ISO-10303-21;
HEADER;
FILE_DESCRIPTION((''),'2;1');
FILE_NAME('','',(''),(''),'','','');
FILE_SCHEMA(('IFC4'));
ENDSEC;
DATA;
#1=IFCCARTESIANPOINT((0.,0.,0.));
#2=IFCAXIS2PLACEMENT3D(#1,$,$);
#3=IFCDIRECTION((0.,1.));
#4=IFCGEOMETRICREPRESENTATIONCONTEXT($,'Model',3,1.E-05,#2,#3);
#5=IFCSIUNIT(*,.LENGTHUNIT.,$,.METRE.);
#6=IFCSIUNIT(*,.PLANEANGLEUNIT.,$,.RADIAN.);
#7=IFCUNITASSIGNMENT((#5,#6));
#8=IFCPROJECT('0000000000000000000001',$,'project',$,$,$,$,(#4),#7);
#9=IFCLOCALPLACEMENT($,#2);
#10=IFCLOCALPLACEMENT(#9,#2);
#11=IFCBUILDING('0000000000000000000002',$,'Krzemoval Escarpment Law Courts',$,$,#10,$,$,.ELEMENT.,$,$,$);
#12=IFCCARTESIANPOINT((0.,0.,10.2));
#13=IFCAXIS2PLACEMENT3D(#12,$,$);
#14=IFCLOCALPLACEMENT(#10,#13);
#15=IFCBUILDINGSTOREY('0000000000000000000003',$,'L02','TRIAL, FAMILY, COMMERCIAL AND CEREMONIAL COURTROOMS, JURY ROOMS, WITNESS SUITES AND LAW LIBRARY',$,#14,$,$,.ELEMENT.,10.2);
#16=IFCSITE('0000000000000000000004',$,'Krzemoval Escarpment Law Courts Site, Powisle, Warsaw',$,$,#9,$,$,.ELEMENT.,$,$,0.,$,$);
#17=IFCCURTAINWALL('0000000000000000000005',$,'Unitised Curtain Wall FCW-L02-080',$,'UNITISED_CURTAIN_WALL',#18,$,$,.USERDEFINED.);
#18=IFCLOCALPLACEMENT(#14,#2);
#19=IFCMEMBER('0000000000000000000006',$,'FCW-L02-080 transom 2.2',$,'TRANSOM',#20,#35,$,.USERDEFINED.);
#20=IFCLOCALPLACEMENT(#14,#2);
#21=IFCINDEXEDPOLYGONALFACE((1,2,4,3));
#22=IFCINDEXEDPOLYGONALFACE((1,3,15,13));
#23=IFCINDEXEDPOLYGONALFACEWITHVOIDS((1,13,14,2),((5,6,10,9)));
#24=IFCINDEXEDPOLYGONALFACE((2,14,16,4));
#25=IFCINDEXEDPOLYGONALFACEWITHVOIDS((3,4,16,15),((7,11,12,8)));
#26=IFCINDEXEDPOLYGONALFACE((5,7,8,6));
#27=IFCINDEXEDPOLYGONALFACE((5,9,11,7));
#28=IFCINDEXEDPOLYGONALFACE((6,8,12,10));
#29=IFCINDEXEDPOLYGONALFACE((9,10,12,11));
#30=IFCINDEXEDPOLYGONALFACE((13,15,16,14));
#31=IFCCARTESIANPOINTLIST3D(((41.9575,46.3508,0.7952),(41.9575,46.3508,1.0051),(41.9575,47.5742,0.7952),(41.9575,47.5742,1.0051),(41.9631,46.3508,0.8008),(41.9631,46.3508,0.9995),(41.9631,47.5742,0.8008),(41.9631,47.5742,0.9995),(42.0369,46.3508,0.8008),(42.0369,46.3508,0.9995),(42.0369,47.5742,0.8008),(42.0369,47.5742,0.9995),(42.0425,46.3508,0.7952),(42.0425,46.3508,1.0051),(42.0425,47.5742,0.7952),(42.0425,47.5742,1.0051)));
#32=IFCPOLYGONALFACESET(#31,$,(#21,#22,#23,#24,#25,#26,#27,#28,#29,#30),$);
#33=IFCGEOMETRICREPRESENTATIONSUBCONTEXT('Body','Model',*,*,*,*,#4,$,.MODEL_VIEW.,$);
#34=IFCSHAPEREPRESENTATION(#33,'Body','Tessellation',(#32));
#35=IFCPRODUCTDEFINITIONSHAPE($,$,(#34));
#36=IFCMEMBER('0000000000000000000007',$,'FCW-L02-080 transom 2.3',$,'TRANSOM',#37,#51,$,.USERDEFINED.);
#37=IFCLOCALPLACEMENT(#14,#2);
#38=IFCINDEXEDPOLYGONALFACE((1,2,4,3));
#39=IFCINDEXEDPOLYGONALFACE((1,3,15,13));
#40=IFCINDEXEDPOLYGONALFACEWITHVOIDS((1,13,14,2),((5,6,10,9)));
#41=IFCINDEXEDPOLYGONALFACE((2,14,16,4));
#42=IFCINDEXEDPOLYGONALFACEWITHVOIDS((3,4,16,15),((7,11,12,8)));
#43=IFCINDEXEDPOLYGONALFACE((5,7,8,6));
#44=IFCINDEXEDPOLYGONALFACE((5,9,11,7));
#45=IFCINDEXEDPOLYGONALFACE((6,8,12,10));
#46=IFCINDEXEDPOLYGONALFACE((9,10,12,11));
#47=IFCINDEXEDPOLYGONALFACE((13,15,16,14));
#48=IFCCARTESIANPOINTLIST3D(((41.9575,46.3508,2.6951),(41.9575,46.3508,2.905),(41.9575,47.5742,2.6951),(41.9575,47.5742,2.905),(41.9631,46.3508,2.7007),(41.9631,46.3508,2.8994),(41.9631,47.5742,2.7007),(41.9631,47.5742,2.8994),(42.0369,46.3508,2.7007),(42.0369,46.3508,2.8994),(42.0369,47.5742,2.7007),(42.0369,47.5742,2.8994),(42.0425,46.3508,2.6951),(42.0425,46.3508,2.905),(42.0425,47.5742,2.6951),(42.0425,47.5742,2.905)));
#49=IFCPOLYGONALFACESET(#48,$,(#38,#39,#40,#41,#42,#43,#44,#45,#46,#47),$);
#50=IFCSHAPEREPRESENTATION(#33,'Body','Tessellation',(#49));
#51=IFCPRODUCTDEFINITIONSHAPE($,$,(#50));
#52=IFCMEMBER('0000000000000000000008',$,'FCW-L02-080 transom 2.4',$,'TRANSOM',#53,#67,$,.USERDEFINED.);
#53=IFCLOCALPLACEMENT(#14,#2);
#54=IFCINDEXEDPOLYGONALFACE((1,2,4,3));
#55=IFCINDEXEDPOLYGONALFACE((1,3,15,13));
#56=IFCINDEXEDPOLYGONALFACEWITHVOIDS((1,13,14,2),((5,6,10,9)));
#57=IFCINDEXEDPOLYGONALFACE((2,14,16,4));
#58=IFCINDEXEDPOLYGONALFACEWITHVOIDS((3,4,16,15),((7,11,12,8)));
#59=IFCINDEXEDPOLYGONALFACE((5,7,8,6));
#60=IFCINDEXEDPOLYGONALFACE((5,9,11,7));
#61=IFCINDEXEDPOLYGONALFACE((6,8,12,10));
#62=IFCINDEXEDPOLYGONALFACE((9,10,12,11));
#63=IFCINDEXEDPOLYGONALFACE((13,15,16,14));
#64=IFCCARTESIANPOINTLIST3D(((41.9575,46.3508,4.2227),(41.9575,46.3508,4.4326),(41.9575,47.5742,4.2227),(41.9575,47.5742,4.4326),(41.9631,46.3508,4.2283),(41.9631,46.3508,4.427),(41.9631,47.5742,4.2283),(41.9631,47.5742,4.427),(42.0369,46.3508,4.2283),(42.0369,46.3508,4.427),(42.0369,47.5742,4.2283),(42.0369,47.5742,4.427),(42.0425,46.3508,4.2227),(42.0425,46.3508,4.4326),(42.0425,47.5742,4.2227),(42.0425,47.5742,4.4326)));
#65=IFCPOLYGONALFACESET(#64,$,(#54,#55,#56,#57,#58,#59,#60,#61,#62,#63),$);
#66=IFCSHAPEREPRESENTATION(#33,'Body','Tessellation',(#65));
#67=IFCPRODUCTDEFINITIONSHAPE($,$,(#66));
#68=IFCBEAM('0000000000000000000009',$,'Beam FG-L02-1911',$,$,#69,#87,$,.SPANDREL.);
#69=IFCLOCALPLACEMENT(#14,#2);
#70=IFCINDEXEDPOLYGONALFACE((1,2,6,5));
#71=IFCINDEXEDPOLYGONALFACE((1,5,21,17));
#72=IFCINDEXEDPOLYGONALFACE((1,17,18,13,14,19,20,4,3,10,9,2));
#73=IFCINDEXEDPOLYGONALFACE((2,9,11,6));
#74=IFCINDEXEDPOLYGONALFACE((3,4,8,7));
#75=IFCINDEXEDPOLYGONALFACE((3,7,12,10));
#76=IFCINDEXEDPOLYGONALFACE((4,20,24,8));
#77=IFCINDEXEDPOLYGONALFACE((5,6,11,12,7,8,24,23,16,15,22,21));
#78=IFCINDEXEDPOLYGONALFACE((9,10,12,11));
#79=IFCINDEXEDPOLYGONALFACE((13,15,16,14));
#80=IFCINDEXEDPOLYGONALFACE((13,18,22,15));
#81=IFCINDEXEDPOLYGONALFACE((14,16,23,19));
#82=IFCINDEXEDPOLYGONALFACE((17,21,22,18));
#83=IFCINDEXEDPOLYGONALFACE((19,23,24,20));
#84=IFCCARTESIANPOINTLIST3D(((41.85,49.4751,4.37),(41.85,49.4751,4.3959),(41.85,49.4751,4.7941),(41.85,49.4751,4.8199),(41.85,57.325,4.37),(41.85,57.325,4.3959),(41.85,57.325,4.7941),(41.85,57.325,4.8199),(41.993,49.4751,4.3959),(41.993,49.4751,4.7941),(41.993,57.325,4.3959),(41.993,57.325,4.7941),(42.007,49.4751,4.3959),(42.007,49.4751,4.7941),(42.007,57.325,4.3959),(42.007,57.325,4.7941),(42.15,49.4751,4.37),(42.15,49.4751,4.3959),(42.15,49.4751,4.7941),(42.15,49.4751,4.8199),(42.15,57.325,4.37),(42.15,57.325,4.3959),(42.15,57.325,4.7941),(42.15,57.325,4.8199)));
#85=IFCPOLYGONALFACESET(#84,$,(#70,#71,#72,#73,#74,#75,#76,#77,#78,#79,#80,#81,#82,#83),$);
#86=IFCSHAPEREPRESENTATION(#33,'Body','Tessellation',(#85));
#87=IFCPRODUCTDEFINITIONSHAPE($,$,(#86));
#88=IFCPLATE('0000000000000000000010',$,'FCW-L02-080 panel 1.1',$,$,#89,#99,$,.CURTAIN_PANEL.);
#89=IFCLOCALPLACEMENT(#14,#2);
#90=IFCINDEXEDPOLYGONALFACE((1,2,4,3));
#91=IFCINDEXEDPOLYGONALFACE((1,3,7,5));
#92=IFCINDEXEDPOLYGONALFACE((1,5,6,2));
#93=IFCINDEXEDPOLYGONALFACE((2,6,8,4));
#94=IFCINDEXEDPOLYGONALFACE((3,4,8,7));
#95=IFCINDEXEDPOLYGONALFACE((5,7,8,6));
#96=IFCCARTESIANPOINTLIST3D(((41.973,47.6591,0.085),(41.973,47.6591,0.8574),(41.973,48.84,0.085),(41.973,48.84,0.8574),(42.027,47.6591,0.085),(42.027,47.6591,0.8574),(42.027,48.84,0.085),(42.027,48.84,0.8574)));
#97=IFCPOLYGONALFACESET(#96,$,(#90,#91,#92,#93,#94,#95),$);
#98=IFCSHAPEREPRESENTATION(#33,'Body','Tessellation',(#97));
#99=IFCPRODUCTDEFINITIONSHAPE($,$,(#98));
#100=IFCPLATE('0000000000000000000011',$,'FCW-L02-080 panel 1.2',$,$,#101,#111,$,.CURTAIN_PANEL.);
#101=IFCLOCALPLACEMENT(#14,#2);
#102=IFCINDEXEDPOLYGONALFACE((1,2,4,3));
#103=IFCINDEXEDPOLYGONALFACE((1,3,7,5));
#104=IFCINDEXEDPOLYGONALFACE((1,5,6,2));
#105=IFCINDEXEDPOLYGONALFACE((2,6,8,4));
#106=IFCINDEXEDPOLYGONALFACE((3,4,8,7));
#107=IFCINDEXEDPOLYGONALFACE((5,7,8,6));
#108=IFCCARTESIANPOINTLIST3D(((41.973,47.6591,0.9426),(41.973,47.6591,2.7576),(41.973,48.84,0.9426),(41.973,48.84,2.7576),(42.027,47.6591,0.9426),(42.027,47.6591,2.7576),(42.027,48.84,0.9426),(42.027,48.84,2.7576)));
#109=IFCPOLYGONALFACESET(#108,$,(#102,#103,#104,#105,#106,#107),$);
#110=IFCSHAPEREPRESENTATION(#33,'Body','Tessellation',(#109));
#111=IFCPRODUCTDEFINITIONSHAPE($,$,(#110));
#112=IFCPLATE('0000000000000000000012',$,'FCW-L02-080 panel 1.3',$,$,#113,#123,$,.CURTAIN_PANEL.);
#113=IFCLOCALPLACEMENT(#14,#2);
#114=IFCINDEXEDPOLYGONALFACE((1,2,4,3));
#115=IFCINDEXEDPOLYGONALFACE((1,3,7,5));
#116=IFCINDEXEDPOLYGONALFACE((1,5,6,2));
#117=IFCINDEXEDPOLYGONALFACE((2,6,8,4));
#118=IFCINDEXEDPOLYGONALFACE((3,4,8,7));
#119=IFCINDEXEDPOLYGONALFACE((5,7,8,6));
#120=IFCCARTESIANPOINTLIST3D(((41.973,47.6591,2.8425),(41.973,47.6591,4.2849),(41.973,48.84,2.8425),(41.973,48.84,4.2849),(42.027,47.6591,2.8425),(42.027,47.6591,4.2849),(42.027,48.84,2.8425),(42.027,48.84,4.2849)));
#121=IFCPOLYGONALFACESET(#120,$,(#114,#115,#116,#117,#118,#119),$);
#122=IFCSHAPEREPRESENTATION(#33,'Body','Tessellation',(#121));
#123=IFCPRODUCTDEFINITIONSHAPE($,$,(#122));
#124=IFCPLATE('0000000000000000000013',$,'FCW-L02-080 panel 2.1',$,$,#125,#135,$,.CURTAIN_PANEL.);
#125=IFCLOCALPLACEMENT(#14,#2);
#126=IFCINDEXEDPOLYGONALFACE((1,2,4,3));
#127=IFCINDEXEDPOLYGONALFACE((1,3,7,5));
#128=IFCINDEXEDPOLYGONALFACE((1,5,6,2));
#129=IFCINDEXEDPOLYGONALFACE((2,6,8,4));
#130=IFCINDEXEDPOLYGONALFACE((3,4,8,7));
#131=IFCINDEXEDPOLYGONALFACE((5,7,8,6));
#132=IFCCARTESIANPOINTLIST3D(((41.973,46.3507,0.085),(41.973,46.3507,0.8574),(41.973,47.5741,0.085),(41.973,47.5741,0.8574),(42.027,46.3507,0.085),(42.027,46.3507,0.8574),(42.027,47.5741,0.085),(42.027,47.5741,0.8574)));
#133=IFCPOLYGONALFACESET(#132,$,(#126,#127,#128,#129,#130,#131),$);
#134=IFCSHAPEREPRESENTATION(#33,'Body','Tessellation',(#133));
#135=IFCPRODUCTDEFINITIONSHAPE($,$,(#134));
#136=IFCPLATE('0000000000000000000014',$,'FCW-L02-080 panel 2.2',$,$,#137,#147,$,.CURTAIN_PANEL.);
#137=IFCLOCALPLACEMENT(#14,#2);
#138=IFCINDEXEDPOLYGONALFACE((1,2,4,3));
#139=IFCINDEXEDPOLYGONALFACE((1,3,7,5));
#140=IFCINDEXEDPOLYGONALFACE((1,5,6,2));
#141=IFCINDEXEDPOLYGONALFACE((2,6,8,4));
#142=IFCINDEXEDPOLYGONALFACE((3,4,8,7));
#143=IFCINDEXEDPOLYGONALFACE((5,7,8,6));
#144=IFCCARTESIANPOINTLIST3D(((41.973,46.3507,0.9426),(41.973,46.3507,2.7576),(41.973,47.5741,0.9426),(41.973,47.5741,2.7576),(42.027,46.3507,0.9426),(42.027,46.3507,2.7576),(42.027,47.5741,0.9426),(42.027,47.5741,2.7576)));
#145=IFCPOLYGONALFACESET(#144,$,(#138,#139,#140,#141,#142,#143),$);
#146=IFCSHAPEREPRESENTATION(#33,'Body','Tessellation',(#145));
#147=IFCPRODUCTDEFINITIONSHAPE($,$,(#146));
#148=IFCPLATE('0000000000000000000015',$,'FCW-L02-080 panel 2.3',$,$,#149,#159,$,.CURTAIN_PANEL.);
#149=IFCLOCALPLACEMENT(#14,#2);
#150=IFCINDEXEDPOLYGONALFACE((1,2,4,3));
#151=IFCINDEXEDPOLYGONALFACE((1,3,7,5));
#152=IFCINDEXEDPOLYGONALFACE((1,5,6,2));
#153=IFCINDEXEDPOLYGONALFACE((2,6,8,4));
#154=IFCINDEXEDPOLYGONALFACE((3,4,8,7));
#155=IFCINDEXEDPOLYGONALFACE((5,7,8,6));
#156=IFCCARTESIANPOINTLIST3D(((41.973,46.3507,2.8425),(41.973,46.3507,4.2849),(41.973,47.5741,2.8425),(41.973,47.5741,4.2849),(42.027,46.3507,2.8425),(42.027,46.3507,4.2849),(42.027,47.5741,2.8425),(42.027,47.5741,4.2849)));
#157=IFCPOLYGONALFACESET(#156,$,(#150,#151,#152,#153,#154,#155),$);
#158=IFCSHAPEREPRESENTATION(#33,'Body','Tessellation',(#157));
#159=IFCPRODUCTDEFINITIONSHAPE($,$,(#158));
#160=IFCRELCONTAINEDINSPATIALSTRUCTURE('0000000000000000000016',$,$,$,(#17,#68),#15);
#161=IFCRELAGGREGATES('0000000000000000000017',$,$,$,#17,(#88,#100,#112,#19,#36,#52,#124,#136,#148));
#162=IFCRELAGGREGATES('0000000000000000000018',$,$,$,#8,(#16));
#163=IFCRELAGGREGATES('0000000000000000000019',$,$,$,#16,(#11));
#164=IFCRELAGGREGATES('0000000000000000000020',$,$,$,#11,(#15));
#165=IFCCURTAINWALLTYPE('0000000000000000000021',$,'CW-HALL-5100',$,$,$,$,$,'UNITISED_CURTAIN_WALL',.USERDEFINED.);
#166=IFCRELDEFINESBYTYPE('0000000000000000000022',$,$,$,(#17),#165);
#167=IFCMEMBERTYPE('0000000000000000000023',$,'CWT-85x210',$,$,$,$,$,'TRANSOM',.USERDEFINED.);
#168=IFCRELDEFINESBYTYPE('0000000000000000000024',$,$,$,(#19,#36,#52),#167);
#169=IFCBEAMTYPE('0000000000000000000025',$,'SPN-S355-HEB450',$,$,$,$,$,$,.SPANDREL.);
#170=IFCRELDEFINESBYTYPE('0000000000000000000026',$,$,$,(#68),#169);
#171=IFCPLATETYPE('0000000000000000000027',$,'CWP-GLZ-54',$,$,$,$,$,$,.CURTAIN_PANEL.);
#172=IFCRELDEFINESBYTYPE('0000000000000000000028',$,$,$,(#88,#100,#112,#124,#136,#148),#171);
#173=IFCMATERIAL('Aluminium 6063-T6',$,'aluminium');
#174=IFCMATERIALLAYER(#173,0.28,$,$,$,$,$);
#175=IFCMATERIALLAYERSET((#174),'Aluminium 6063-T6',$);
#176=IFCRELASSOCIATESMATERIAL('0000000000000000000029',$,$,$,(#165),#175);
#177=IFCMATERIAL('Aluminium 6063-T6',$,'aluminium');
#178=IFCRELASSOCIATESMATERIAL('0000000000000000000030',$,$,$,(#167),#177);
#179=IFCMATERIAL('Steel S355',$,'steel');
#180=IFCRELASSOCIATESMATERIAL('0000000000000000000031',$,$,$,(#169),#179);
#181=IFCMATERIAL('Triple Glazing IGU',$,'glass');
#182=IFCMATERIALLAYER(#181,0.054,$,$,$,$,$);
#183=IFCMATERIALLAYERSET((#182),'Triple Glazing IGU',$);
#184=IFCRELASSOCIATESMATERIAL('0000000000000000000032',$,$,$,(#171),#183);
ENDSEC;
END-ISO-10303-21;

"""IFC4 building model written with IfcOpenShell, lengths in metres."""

from ifc_helpers import new_model, si_unit, direction, frame, origin, origin_2d, place, context, subcontext, project, spatial, rectangle, hollow_rectangle, i_section, extrude, material, layer, layer_set, material_profile, profile_set, type_object, element, aggregate, save


model = new_model("IFC4")

# Units and contexts
model_context = context("Model", 3, precision=1e-05, world=origin(), true_north=direction((0.0, 1.0)))
body_context = subcontext(model_context, "Body", "Model", "MODEL_VIEW")
ifc_project = project(units=[si_unit("LENGTHUNIT", "METRE"), si_unit("PLANEANGLEUNIT", "RADIAN")], contexts=[model_context])

# Site, building, storey
site_placement = place(None, origin())
site = spatial("IfcSite", under=ifc_project, at=site_placement, Name="Krzemoval Escarpment Law Courts Site, Powisle, Warsaw", CompositionType="ELEMENT", RefElevation=0.0)
building_placement = place(site_placement, origin())
building = spatial("IfcBuilding", under=site, at=building_placement, Name="Krzemoval Escarpment Law Courts", CompositionType="ELEMENT")
storey_placement = place(building_placement, frame((0.0, 0.0, 10.2)))
storey = spatial("IfcBuildingStorey", under=building, at=storey_placement, Name="L02", Description="TRIAL, FAMILY, COMMERCIAL AND CEREMONIAL COURTROOMS, JURY ROOMS, WITNESS SUITES AND LAW LIBRARY", CompositionType="ELEMENT", Elevation=10.2)

# Curtain wall, members
ifc_material_1 = material(Name="Aluminium 6063-T6", Category="aluminium")
ifc_layer_1 = layer(ifc_material_1, 0.28)
ifc_layer_set_1 = layer_set([ifc_layer_1], Name="Aluminium 6063-T6")
curtain_wall_type = type_object("IfcCurtainWallType", Name="CW-HALL-5100", ElementType="UNITISED_CURTAIN_WALL", PredefinedType="USERDEFINED", material=ifc_layer_set_1)
curtain_wall_placement = place(storey_placement, origin())
curtain_wall = element("IfcCurtainWall", 1, at=curtain_wall_placement, inside=storey, type_object=curtain_wall_type, Name="Unitised Curtain Wall FCW-L02-080", ObjectType="UNITISED_CURTAIN_WALL", PredefinedType="USERDEFINED")
ifc_material_2 = material(Name="Aluminium 6063-T6", Category="aluminium")
ifc_material_profile_1 = material_profile(ifc_material_2, hollow_rectangle(XDim=0.085, YDim=0.21, WallThickness=0.0056, at=origin_2d()), Name="ALU T85x210")
ifc_profile_set_1 = profile_set([ifc_material_profile_1], Name="Aluminium 6063-T6")
member_type_1 = type_object("IfcMemberType", Name="CWT-85x210", ElementType="TRANSOM", PredefinedType="USERDEFINED", material=ifc_profile_set_1)
member_1_placement = place(storey_placement, frame((42.0, 47.5742, 0.9001), z_axis=(0.0, -1.0, 0.0), x_axis=(1.0, 0.0, 0.0)))
member_1 = element("IfcMember", 2, at=member_1_placement, type_object=member_type_1, Name="FCW-L02-080 transom 2.2", ObjectType="TRANSOM", PredefinedType="USERDEFINED", context=body_context, shape_type="SweptSolid", body=[
    extrude(hollow_rectangle(XDim=0.085, YDim=0.21, WallThickness=0.0056, at=origin_2d()), origin(), (0.0, 0.0, 1.0), 1.2234),
])
member_2_placement = place(storey_placement, frame((42.0, 47.5742, 2.8), z_axis=(0.0, -1.0, 0.0), x_axis=(1.0, 0.0, 0.0)))
member_2 = element("IfcMember", 3, at=member_2_placement, type_object=member_type_1, Name="FCW-L02-080 transom 2.3", ObjectType="TRANSOM", PredefinedType="USERDEFINED", context=body_context, shape_type="SweptSolid", body=[
    extrude(hollow_rectangle(XDim=0.085, YDim=0.21, WallThickness=0.0056, at=origin_2d()), origin(), (0.0, 0.0, 1.0), 1.2234),
])
member_3_placement = place(storey_placement, frame((42.0, 47.5742, 4.3276), z_axis=(0.0, -1.0, 0.0), x_axis=(1.0, 0.0, 0.0)))
member_3 = element("IfcMember", 4, at=member_3_placement, type_object=member_type_1, Name="FCW-L02-080 transom 2.4", ObjectType="TRANSOM", PredefinedType="USERDEFINED", context=body_context, shape_type="SweptSolid", body=[
    extrude(hollow_rectangle(XDim=0.085, YDim=0.21, WallThickness=0.0056, at=origin_2d()), origin(), (0.0, 0.0, 1.0), 1.2234),
])

# Beam
ifc_material_3 = material(Name="Steel S355", Category="steel")
ifc_material_profile_2 = material_profile(ifc_material_3, i_section(OverallWidth=0.3, OverallDepth=0.45, WebThickness=0.0139, FlangeThickness=0.0259, at=origin_2d()), Name="HEB 450")
ifc_profile_set_2 = profile_set([ifc_material_profile_2], Name="Steel S355")
beam_type_1 = type_object("IfcBeamType", Name="SPN-S355-HEB450", PredefinedType="SPANDREL", material=ifc_profile_set_2)
beam_1_placement = place(storey_placement, frame((42.0, 49.4751, 4.595), z_axis=(0.0, 1.0, 0.0), x_axis=(-1.0, 0.0, 0.0)))
element("IfcBeam", 5, at=beam_1_placement, inside=storey, type_object=beam_type_1, Name="Beam FG-L02-1911", PredefinedType="SPANDREL", context=body_context, shape_type="SweptSolid", body=[
    extrude(i_section(OverallWidth=0.3, OverallDepth=0.45, WebThickness=0.0139, FlangeThickness=0.0259, at=origin_2d()), origin(), (0.0, 0.0, 1.0), 7.8499),
])

# Plates
ifc_material_4 = material(Name="Triple Glazing IGU", Category="glass")
ifc_layer_2 = layer(ifc_material_4, 0.054)
ifc_layer_set_2 = layer_set([ifc_layer_2], Name="Triple Glazing IGU")
plate_type = type_object("IfcPlateType", Name="CWP-GLZ-54", PredefinedType="CURTAIN_PANEL", material=ifc_layer_set_2)
plate_1_placement = place(storey_placement, frame((42.0, 48.2495, 0.085), z_axis=(0.0, 0.0, 1.0), x_axis=(0.0, -1.0, 0.0)))
plate_1 = element("IfcPlate", 6, at=plate_1_placement, type_object=plate_type, Name="FCW-L02-080 panel 1.1", PredefinedType="CURTAIN_PANEL", context=body_context, shape_type="SweptSolid", body=[
    extrude(rectangle(XDim=1.1809, YDim=0.054, at=origin_2d()), origin(), (0.0, 0.0, 1.0), 0.7725),
])
plate_2_placement = place(storey_placement, frame((42.0, 48.2495, 0.9426), z_axis=(0.0, 0.0, 1.0), x_axis=(0.0, -1.0, 0.0)))
plate_2 = element("IfcPlate", 7, at=plate_2_placement, type_object=plate_type, Name="FCW-L02-080 panel 1.2", PredefinedType="CURTAIN_PANEL", context=body_context, shape_type="SweptSolid", body=[
    extrude(rectangle(XDim=1.1809, YDim=0.054, at=origin_2d()), origin(), (0.0, 0.0, 1.0), 1.8149),
])
plate_3_placement = place(storey_placement, frame((42.0, 48.2495, 2.8425), z_axis=(0.0, 0.0, 1.0), x_axis=(0.0, -1.0, 0.0)))
plate_3 = element("IfcPlate", 8, at=plate_3_placement, type_object=plate_type, Name="FCW-L02-080 panel 1.3", PredefinedType="CURTAIN_PANEL", context=body_context, shape_type="SweptSolid", body=[
    extrude(rectangle(XDim=1.1809, YDim=0.054, at=origin_2d()), origin(), (0.0, 0.0, 1.0), 1.4424),
])
plate_4_placement = place(storey_placement, frame((42.0, 46.9624, 0.085), z_axis=(0.0, 0.0, 1.0), x_axis=(0.0, -1.0, 0.0)))
plate_4 = element("IfcPlate", 9, at=plate_4_placement, type_object=plate_type, Name="FCW-L02-080 panel 2.1", PredefinedType="CURTAIN_PANEL", context=body_context, shape_type="SweptSolid", body=[
    extrude(rectangle(XDim=1.2234, YDim=0.054, at=origin_2d()), origin(), (0.0, 0.0, 1.0), 0.7725),
])
plate_5_placement = place(storey_placement, frame((42.0, 46.9624, 0.9426), z_axis=(0.0, 0.0, 1.0), x_axis=(0.0, -1.0, 0.0)))
plate_5 = element("IfcPlate", 10, at=plate_5_placement, type_object=plate_type, Name="FCW-L02-080 panel 2.2", PredefinedType="CURTAIN_PANEL", context=body_context, shape_type="SweptSolid", body=[
    extrude(rectangle(XDim=1.2234, YDim=0.054, at=origin_2d()), origin(), (0.0, 0.0, 1.0), 1.8149),
])
plate_6_placement = place(storey_placement, frame((42.0, 46.9624, 2.8425), z_axis=(0.0, 0.0, 1.0), x_axis=(0.0, -1.0, 0.0)))
plate_6 = element("IfcPlate", 11, at=plate_6_placement, type_object=plate_type, Name="FCW-L02-080 panel 2.3", PredefinedType="CURTAIN_PANEL", context=body_context, shape_type="SweptSolid", body=[
    extrude(rectangle(XDim=1.2234, YDim=0.054, at=origin_2d()), origin(), (0.0, 0.0, 1.0), 1.4424),
])
aggregate(curtain_wall, [plate_1, plate_2, plate_3, member_1, member_2, member_3, plate_4, plate_5, plate_6])

save(model, "model.ifc")
